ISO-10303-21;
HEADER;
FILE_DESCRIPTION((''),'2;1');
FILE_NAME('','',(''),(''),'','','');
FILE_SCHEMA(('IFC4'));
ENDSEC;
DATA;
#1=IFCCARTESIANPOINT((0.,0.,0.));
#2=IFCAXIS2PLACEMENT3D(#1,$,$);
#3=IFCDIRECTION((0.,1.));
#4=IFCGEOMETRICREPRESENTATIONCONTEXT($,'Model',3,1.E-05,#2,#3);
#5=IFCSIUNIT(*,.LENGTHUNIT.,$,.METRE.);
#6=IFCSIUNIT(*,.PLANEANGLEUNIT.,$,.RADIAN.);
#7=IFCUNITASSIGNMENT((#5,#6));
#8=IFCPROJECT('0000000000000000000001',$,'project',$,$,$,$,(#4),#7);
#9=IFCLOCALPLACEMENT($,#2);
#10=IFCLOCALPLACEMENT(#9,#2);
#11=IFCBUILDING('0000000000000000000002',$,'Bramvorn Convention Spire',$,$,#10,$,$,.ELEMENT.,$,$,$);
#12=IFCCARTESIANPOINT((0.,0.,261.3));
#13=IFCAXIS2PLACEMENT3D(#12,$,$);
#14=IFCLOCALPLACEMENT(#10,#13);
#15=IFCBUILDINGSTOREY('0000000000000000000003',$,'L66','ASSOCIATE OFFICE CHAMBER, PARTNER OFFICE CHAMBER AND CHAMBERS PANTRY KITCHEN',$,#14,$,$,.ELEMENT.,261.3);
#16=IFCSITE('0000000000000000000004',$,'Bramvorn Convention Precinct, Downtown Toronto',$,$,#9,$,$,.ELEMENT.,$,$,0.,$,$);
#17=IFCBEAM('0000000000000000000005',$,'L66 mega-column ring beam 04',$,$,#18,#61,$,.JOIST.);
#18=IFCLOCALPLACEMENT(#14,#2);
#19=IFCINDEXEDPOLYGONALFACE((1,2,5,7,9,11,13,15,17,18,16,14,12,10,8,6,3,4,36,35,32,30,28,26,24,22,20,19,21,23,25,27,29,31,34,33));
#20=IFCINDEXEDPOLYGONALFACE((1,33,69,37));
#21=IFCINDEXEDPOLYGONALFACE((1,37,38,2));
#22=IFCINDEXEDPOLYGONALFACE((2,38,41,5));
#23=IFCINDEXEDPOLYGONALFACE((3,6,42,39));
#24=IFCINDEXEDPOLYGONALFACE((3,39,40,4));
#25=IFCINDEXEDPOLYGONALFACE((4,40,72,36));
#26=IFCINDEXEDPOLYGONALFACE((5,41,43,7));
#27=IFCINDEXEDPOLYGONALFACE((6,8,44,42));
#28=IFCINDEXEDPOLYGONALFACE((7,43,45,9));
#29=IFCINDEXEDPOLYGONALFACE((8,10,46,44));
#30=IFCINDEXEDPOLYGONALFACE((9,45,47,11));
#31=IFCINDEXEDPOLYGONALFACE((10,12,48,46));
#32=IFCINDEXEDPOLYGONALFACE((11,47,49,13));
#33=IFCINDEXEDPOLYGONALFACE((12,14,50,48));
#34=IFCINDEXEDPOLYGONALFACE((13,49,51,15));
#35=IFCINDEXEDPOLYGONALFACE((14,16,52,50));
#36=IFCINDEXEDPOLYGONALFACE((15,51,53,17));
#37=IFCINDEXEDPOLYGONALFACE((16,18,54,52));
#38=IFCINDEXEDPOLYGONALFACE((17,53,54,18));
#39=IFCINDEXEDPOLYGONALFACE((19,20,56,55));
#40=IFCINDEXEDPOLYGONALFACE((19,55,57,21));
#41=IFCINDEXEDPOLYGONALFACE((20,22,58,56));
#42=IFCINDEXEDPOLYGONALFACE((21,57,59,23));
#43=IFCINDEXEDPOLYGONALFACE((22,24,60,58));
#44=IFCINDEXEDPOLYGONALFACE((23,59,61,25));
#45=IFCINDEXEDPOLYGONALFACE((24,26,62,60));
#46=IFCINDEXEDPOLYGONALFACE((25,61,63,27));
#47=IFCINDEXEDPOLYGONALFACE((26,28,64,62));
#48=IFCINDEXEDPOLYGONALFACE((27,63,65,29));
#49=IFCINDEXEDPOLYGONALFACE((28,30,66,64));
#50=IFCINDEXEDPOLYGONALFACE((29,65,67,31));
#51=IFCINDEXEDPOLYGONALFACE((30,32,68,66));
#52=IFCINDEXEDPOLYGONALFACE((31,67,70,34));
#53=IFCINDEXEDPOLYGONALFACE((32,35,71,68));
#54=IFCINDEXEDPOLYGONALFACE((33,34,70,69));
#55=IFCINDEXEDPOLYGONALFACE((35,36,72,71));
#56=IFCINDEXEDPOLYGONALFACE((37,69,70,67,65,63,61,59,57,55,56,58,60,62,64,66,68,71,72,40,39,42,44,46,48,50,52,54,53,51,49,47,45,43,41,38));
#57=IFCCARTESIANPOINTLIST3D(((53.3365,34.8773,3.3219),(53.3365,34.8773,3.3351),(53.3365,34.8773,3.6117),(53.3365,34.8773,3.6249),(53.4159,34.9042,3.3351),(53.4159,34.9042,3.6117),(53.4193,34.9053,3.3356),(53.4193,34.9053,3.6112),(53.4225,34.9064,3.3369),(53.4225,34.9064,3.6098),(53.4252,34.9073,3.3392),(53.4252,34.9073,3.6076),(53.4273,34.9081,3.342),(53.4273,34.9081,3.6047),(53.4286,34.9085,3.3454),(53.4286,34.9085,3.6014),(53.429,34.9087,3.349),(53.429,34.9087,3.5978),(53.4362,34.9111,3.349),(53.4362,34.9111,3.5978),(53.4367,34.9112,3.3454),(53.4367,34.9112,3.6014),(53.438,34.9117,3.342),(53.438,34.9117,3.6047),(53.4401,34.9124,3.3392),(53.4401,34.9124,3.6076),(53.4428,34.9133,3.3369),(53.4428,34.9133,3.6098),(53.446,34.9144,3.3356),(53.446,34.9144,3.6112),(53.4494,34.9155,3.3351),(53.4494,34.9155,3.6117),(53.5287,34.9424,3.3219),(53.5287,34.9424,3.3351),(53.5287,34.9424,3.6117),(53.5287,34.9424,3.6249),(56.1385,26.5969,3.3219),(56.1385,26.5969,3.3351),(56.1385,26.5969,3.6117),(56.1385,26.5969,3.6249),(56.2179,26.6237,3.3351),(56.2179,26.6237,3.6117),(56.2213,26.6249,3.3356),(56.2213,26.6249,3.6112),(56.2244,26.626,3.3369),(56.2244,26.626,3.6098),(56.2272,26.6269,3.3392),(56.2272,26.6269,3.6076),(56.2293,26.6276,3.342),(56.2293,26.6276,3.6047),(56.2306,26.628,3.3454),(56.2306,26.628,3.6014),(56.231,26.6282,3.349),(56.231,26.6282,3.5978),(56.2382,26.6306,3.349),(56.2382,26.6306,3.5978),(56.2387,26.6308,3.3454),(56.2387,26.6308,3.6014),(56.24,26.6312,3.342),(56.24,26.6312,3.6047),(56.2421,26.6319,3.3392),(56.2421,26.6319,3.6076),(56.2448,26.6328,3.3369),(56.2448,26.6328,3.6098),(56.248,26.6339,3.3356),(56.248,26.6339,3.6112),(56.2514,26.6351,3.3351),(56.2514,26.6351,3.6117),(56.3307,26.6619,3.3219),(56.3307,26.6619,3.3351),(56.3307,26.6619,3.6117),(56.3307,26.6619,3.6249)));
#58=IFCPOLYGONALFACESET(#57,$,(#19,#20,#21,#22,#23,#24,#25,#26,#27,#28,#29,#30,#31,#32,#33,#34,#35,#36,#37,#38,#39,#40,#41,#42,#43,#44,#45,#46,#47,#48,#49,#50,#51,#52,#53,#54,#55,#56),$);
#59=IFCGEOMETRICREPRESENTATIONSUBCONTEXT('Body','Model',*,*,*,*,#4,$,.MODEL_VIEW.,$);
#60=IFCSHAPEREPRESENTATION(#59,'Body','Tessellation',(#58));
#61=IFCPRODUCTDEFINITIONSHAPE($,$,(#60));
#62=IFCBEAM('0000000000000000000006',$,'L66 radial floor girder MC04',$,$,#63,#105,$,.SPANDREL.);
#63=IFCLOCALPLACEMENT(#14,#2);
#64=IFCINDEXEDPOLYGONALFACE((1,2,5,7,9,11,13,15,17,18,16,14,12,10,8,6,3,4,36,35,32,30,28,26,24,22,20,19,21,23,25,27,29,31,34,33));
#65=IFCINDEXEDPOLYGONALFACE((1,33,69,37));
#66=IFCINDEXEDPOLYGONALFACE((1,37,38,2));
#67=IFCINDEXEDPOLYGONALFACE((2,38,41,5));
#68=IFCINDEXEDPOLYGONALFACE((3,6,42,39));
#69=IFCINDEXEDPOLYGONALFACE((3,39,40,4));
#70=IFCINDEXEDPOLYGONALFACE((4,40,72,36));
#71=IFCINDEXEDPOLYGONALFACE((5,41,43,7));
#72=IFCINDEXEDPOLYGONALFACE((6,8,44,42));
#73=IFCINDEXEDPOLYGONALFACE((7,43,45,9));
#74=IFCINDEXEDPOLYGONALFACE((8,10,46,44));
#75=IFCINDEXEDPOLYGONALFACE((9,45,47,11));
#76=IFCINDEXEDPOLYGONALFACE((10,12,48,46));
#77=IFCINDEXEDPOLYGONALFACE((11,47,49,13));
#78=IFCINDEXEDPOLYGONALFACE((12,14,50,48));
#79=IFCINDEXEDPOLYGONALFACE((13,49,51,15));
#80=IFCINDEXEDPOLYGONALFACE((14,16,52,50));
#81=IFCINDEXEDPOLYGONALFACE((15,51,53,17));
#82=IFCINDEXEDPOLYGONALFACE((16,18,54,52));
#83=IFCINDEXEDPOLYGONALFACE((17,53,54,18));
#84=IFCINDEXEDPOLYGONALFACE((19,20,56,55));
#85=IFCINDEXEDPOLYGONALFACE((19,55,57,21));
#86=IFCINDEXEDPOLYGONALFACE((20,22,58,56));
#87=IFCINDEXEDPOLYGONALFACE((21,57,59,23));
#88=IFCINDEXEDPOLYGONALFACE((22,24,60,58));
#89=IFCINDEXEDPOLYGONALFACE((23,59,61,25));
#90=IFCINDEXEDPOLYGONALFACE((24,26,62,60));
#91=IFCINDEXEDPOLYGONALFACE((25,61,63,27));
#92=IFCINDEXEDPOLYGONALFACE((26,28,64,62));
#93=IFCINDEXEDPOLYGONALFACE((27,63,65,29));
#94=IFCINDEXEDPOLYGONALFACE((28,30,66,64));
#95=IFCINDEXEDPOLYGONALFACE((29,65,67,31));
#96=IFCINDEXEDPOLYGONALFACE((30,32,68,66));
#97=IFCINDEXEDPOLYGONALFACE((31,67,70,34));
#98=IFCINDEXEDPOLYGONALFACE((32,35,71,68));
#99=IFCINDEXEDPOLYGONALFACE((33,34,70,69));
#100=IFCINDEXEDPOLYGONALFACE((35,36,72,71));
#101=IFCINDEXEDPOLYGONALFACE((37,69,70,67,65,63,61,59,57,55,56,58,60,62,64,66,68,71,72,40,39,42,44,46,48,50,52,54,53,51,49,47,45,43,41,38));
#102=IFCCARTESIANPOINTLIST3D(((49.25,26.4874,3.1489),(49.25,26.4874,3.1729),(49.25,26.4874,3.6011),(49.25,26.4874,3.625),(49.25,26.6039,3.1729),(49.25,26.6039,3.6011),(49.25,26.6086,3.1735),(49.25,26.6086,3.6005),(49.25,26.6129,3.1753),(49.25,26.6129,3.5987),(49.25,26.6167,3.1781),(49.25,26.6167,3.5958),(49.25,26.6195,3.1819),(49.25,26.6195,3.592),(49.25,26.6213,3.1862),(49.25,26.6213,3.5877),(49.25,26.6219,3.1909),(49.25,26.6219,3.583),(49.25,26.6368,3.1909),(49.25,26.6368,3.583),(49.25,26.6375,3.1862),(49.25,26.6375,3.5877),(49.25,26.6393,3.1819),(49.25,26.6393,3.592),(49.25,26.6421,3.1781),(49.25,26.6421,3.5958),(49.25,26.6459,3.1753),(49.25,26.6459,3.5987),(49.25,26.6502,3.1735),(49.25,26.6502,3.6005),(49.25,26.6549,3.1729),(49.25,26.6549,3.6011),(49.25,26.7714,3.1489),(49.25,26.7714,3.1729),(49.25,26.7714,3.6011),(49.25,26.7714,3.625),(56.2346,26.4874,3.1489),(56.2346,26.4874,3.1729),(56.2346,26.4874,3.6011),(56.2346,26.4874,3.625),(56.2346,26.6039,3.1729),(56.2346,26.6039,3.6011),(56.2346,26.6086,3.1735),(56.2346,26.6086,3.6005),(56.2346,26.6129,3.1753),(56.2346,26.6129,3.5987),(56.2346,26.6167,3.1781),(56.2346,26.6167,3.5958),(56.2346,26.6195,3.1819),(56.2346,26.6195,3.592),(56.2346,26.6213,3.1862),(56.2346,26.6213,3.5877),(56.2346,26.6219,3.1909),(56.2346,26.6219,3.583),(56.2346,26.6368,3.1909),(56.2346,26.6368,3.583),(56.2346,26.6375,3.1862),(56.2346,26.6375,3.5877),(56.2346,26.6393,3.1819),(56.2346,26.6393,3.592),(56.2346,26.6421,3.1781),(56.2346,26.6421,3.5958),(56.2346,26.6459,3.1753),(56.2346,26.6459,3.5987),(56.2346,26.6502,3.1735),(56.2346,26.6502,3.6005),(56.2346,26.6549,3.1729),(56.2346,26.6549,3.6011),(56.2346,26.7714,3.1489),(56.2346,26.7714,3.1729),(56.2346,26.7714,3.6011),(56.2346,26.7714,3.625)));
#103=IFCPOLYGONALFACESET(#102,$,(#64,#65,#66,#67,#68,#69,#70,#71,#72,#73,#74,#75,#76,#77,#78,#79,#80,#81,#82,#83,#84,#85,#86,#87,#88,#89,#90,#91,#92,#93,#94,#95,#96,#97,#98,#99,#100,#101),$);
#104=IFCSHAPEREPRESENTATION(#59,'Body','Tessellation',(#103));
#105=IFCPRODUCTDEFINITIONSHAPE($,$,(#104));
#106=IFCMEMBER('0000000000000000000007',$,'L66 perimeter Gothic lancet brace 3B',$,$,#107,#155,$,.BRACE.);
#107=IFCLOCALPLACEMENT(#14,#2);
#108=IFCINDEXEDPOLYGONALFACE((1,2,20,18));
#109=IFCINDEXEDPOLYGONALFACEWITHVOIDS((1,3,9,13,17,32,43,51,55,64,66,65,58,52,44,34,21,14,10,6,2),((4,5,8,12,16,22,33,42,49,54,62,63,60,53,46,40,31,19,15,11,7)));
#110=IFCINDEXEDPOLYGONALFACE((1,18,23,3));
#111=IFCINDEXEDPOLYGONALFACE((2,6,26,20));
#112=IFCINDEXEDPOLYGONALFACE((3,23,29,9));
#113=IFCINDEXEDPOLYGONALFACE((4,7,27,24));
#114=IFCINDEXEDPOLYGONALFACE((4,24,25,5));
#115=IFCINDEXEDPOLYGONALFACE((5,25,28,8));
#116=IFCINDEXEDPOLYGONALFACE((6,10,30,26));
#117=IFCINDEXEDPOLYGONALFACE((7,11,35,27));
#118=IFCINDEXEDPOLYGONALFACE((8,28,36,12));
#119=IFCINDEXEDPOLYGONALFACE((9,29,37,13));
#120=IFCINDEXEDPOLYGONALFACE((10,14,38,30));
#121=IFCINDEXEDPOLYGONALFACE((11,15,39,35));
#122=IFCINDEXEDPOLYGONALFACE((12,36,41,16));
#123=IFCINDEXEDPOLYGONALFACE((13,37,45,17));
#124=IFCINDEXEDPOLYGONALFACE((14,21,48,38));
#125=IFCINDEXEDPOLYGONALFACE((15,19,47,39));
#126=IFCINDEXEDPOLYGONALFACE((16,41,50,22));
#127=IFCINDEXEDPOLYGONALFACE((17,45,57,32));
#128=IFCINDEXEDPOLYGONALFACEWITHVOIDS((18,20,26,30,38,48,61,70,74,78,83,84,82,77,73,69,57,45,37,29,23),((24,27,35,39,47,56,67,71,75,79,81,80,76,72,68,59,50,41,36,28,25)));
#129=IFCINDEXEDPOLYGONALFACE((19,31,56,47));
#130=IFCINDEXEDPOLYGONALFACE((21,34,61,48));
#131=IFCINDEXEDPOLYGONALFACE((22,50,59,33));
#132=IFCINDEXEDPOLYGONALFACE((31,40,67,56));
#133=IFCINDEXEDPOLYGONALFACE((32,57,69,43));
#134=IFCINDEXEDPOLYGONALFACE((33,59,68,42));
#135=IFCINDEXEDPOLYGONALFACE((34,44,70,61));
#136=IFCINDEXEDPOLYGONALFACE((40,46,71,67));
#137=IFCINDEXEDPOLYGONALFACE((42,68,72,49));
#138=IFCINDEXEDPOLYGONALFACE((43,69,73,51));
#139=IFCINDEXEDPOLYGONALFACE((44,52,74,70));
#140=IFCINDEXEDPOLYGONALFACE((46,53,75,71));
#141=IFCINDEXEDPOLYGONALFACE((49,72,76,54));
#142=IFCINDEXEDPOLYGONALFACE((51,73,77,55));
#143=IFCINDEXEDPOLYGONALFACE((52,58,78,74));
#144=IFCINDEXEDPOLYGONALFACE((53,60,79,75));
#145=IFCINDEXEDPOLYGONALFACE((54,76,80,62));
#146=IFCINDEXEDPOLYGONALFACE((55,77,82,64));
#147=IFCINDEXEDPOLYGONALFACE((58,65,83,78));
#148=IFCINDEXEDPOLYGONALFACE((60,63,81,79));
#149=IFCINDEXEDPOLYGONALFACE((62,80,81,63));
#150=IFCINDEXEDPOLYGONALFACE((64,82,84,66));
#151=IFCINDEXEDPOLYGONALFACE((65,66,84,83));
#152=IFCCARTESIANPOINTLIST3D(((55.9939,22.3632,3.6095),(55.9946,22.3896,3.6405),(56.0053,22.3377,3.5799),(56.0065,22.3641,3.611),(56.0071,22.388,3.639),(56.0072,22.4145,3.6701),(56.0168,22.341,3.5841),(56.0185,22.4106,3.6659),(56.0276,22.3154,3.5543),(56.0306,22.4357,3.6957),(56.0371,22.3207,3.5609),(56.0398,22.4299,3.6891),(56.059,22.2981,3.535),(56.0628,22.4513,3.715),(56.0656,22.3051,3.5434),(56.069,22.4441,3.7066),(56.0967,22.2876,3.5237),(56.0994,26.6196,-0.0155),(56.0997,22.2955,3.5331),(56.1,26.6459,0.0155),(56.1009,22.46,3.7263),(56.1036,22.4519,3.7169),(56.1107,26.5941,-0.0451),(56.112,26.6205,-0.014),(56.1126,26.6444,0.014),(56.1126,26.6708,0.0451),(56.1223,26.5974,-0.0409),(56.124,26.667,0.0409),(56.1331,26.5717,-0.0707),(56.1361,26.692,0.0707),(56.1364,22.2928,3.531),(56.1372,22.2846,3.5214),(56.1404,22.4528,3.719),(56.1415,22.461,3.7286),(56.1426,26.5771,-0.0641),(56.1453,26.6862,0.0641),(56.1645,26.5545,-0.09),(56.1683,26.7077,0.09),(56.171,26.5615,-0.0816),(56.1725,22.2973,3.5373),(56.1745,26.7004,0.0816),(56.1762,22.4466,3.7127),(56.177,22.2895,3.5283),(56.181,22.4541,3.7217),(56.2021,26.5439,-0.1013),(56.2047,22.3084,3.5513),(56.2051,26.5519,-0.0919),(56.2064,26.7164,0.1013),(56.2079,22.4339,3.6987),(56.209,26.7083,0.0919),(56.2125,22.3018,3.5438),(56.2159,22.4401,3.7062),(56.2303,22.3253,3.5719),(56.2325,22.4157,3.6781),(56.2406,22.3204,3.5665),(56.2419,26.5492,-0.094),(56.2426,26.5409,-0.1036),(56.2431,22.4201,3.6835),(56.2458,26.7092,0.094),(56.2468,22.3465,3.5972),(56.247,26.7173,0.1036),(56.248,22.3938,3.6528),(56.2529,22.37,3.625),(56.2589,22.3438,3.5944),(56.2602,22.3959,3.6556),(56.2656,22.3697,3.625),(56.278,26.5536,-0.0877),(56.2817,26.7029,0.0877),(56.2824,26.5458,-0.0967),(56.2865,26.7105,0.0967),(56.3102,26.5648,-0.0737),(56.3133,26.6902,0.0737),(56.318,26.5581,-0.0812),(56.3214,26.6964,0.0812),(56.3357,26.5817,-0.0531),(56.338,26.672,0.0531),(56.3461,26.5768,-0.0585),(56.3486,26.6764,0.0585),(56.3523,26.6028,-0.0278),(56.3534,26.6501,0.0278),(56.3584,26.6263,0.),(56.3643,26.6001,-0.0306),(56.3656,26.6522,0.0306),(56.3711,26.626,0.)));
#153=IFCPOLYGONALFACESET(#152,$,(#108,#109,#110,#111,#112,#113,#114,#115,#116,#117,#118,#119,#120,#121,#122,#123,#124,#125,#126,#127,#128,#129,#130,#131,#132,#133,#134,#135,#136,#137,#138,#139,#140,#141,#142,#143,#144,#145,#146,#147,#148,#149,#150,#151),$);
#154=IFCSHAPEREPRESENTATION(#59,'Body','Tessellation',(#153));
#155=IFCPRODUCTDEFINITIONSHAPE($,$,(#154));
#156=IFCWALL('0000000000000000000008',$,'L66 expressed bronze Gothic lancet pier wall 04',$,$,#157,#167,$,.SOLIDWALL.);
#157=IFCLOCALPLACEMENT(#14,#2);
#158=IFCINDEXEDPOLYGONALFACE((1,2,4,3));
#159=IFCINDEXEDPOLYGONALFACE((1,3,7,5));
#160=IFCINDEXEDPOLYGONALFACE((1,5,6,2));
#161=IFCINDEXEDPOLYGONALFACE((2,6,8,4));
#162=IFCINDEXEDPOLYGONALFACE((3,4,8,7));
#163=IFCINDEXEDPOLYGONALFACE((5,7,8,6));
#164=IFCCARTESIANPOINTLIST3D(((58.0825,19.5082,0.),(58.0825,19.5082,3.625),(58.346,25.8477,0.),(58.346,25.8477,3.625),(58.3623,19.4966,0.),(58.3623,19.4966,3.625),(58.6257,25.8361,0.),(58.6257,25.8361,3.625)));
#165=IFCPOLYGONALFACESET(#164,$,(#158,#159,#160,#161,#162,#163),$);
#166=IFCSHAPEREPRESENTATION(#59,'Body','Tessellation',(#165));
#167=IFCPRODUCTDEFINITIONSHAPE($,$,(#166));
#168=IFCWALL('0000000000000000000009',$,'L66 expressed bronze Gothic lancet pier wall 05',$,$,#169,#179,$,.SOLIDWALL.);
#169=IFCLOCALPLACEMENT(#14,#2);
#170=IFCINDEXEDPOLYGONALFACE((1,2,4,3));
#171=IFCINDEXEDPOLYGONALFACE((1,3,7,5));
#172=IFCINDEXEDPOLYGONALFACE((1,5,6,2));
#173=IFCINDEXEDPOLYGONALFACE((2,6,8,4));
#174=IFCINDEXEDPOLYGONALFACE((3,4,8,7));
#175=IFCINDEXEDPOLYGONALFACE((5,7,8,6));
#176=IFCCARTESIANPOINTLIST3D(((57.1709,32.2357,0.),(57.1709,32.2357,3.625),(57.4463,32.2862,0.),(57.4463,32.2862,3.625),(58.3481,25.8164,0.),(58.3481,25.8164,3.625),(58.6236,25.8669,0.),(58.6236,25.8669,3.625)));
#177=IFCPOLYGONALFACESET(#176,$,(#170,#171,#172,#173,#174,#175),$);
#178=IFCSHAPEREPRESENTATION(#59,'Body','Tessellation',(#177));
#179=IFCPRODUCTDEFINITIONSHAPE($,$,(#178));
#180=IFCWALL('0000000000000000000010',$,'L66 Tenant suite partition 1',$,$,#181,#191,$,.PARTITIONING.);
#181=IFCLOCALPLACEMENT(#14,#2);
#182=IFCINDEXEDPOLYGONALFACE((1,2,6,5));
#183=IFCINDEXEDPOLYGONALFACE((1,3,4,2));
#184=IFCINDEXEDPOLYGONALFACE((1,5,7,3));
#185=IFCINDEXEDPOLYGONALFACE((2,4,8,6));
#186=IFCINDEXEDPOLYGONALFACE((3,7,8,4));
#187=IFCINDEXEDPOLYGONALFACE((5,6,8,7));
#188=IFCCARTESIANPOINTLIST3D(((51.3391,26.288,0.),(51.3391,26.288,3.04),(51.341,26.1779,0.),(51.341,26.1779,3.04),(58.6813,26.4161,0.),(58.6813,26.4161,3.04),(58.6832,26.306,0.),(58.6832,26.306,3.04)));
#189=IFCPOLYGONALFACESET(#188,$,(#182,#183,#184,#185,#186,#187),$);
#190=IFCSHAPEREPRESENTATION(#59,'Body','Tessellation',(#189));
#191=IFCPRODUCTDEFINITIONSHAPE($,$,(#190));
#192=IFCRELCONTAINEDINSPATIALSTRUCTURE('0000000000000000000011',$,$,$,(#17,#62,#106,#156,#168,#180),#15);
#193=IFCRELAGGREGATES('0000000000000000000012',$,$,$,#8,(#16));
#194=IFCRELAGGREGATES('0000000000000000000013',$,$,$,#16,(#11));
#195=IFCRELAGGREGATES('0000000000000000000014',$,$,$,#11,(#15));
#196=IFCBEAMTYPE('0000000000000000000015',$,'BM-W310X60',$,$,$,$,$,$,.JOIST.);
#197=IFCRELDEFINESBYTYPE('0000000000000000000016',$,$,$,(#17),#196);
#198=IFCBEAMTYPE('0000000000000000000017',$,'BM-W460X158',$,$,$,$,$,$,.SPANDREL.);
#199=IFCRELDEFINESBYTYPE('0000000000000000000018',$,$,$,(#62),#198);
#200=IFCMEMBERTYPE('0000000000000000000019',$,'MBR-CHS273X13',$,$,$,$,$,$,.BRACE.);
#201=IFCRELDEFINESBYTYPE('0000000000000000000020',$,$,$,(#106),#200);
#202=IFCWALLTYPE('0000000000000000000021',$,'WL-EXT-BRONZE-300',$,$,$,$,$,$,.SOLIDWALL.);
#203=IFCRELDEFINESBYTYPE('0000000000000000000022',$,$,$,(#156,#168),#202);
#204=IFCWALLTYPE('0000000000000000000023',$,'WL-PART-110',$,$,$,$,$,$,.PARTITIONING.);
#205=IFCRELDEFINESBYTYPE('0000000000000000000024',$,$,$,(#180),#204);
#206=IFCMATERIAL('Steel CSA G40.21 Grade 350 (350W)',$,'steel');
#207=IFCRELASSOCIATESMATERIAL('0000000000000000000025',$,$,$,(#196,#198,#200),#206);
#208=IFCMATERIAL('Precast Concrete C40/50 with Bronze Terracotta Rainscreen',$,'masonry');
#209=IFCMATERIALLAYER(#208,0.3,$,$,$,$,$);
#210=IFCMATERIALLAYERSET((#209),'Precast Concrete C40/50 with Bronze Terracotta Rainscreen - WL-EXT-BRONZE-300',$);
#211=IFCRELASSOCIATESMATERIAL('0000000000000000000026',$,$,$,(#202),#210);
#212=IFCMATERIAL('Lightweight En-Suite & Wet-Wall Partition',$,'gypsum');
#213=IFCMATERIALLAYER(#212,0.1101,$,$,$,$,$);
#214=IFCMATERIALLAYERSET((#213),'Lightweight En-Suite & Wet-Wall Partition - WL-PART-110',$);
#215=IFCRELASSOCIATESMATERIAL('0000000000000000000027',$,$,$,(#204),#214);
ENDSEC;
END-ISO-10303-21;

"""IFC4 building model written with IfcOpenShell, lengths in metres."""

from ifc_helpers import new_model, si_unit, direction, frame, frame_2d, origin, origin_2d, place, context, subcontext, project, spatial, rectangle, hollow_circle, i_section, extrude, material, layer, layer_set, material_profile, profile_set, type_object, element, save


model = new_model("IFC4")

# Units and contexts
model_context = context("Model", 3, precision=1e-05, world=origin(), true_north=direction((0.0, 1.0)))
body_context = subcontext(model_context, "Body", "Model", "MODEL_VIEW")
ifc_project = project(units=[si_unit("LENGTHUNIT", "METRE"), si_unit("PLANEANGLEUNIT", "RADIAN")], contexts=[model_context])

# Site, building, storey
site_placement = place(None, origin())
site = spatial("IfcSite", under=ifc_project, at=site_placement, Name="Bramvorn Convention Precinct, Downtown Toronto", CompositionType="ELEMENT", RefElevation=0.0)
building_placement = place(site_placement, origin())
building = spatial("IfcBuilding", under=site, at=building_placement, Name="Bramvorn Convention Spire", CompositionType="ELEMENT")
storey_placement = place(building_placement, frame((0.0, 0.0, 261.3)))
storey = spatial("IfcBuildingStorey", under=building, at=storey_placement, Name="L66", Description="ASSOCIATE OFFICE CHAMBER, PARTNER OFFICE CHAMBER AND CHAMBERS PANTRY KITCHEN", CompositionType="ELEMENT", Elevation=261.3)

# Shared definitions
ifc_material_1 = material(Name="Steel CSA G40.21 Grade 350 (350W)", Category="steel")

# Beams
ifc_material_profile_1 = material_profile(ifc_material_1, i_section(OverallWidth=0.2029, OverallDepth=0.303, WebThickness=0.0076, FlangeThickness=0.0132, FilletRadius=0.0139, at=origin_2d()))
ifc_profile_set_1 = profile_set([ifc_material_profile_1], Name="Steel CSA G40.21 Grade 350 (350W) - W310X60")
beam_type_1 = type_object("IfcBeamType", Name="BM-W310X60", PredefinedType="JOIST", material=ifc_profile_set_1)
beam_1_placement = place(storey_placement, frame((56.2346, 26.6294, 3.4734), z_axis=(-0.320531, 0.947238, 0.0), x_axis=(-0.947238, -0.320531, 0.0)))
element("IfcBeam", 1, at=beam_1_placement, inside=storey, type_object=beam_type_1, Name="L66 mega-column ring beam 04", PredefinedType="JOIST", context=body_context, shape_type="SweptSolid", body=[
    extrude(i_section(OverallWidth=0.2029, OverallDepth=0.303, WebThickness=0.0076, FlangeThickness=0.0132, FilletRadius=0.0139, at=origin_2d()), origin(), (0.0, 0.0, 1.0), 8.7417),
])
ifc_material_profile_2 = material_profile(ifc_material_1, i_section(OverallWidth=0.2839, OverallDepth=0.4761, WebThickness=0.0149, FlangeThickness=0.0239, FilletRadius=0.0181, at=origin_2d()))
ifc_profile_set_2 = profile_set([ifc_material_profile_2], Name="Steel CSA G40.21 Grade 350 (350W) - W460X158")
beam_type_2 = type_object("IfcBeamType", Name="BM-W460X158", PredefinedType="SPANDREL", material=ifc_profile_set_2)
beam_2_placement = place(storey_placement, frame((49.25, 26.6294, 3.387), z_axis=(1.0, 0.0, 0.0), x_axis=(0.0, 1.0, 0.0)))
element("IfcBeam", 2, at=beam_2_placement, inside=storey, type_object=beam_type_2, Name="L66 radial floor girder MC04", PredefinedType="SPANDREL", context=body_context, shape_type="SweptSolid", body=[
    extrude(i_section(OverallWidth=0.2839, OverallDepth=0.4761, WebThickness=0.0149, FlangeThickness=0.0239, FilletRadius=0.0181, at=origin_2d()), origin(), (0.0, 0.0, 1.0), 6.9846),
])

# Member
ifc_material_profile_3 = material_profile(ifc_material_1, hollow_circle(Radius=0.1365, WallThickness=0.0127, at=origin_2d()))
ifc_profile_set_3 = profile_set([ifc_material_profile_3], Name="Steel CSA G40.21 Grade 350 (350W) - CHS273X13")
member_type = type_object("IfcMemberType", Name="MBR-CHS273X13", PredefinedType="BRACE", material=ifc_profile_set_3)
member_placement = place(storey_placement, frame((56.2346, 26.6294, 0.0), z_axis=(-0.018861, -0.761176, 0.648271), x_axis=(0.999693, -0.024772, 0.0)))
element("IfcMember", 3, at=member_placement, inside=storey, type_object=member_type, Name="L66 perimeter Gothic lancet brace 3B", PredefinedType="BRACE", context=body_context, shape_type="SweptSolid", body=[
    extrude(hollow_circle(Radius=0.1365, WallThickness=0.0127, at=origin_2d()), origin(), (0.0, 0.0, 1.0), 5.5918),
])

# Walls
ifc_material_2 = material(Name="Precast Concrete C40/50 with Bronze Terracotta Rainscreen", Category="masonry")
ifc_layer_1 = layer(ifc_material_2, 0.3)
ifc_layer_set_1 = layer_set([ifc_layer_1], Name="Precast Concrete C40/50 with Bronze Terracotta Rainscreen - WL-EXT-BRONZE-300")
wall_type_1 = type_object("IfcWallType", Name="WL-EXT-BRONZE-300", PredefinedType="SOLIDWALL", material=ifc_layer_set_1)
wall_1_placement = place(storey_placement, frame((58.4858, 25.8418, 0.0), z_axis=(0.0, 0.0, 1.0), x_axis=(-0.041517, -0.999138, 0.0)))
element("IfcWall", 4, at=wall_1_placement, inside=storey, type_object=wall_type_1, Name="L66 expressed bronze Gothic lancet pier wall 04", PredefinedType="SOLIDWALL", context=body_context, shape_type="SweptSolid", body=[
    extrude(rectangle(XDim=6.345, YDim=0.28, at=frame_2d((3.1724, 0.0))), origin(), (0.0, 0.0, 1.0), 3.625),
])
wall_2_placement = place(storey_placement, frame((57.3086, 32.261, 0.0), z_axis=(0.0, 0.0, 1.0), x_axis=(0.180386, -0.983596, 0.0)))
element("IfcWall", 5, at=wall_2_placement, inside=storey, type_object=wall_type_1, Name="L66 expressed bronze Gothic lancet pier wall 05", PredefinedType="SOLIDWALL", context=body_context, shape_type="SweptSolid", body=[
    extrude(rectangle(XDim=6.5264, YDim=0.28, at=frame_2d((3.2632, 0.0))), origin(), (0.0, 0.0, 1.0), 3.625),
])
ifc_material_3 = material(Name="Lightweight En-Suite & Wet-Wall Partition", Category="gypsum")
ifc_layer_2 = layer(ifc_material_3, 0.1101)
ifc_layer_set_2 = layer_set([ifc_layer_2], Name="Lightweight En-Suite & Wet-Wall Partition - WL-PART-110")
wall_type_2 = type_object("IfcWallType", Name="WL-PART-110", PredefinedType="PARTITIONING", material=ifc_layer_set_2)
wall_3_placement = place(storey_placement, frame((51.3401, 26.2329, 0.0), z_axis=(0.0, 0.0, 1.0), x_axis=(0.999848, 0.017455, 0.0)))
element("IfcWall", 6, at=wall_3_placement, inside=storey, type_object=wall_type_2, Name="L66 Tenant suite partition 1", PredefinedType="PARTITIONING", context=body_context, shape_type="SweptSolid", body=[
    extrude(rectangle(XDim=7.3433, YDim=0.1101, at=frame_2d((3.6716, 0.0))), origin(), (0.0, 0.0, 1.0), 3.04),
])

save(model, "model.ifc")
